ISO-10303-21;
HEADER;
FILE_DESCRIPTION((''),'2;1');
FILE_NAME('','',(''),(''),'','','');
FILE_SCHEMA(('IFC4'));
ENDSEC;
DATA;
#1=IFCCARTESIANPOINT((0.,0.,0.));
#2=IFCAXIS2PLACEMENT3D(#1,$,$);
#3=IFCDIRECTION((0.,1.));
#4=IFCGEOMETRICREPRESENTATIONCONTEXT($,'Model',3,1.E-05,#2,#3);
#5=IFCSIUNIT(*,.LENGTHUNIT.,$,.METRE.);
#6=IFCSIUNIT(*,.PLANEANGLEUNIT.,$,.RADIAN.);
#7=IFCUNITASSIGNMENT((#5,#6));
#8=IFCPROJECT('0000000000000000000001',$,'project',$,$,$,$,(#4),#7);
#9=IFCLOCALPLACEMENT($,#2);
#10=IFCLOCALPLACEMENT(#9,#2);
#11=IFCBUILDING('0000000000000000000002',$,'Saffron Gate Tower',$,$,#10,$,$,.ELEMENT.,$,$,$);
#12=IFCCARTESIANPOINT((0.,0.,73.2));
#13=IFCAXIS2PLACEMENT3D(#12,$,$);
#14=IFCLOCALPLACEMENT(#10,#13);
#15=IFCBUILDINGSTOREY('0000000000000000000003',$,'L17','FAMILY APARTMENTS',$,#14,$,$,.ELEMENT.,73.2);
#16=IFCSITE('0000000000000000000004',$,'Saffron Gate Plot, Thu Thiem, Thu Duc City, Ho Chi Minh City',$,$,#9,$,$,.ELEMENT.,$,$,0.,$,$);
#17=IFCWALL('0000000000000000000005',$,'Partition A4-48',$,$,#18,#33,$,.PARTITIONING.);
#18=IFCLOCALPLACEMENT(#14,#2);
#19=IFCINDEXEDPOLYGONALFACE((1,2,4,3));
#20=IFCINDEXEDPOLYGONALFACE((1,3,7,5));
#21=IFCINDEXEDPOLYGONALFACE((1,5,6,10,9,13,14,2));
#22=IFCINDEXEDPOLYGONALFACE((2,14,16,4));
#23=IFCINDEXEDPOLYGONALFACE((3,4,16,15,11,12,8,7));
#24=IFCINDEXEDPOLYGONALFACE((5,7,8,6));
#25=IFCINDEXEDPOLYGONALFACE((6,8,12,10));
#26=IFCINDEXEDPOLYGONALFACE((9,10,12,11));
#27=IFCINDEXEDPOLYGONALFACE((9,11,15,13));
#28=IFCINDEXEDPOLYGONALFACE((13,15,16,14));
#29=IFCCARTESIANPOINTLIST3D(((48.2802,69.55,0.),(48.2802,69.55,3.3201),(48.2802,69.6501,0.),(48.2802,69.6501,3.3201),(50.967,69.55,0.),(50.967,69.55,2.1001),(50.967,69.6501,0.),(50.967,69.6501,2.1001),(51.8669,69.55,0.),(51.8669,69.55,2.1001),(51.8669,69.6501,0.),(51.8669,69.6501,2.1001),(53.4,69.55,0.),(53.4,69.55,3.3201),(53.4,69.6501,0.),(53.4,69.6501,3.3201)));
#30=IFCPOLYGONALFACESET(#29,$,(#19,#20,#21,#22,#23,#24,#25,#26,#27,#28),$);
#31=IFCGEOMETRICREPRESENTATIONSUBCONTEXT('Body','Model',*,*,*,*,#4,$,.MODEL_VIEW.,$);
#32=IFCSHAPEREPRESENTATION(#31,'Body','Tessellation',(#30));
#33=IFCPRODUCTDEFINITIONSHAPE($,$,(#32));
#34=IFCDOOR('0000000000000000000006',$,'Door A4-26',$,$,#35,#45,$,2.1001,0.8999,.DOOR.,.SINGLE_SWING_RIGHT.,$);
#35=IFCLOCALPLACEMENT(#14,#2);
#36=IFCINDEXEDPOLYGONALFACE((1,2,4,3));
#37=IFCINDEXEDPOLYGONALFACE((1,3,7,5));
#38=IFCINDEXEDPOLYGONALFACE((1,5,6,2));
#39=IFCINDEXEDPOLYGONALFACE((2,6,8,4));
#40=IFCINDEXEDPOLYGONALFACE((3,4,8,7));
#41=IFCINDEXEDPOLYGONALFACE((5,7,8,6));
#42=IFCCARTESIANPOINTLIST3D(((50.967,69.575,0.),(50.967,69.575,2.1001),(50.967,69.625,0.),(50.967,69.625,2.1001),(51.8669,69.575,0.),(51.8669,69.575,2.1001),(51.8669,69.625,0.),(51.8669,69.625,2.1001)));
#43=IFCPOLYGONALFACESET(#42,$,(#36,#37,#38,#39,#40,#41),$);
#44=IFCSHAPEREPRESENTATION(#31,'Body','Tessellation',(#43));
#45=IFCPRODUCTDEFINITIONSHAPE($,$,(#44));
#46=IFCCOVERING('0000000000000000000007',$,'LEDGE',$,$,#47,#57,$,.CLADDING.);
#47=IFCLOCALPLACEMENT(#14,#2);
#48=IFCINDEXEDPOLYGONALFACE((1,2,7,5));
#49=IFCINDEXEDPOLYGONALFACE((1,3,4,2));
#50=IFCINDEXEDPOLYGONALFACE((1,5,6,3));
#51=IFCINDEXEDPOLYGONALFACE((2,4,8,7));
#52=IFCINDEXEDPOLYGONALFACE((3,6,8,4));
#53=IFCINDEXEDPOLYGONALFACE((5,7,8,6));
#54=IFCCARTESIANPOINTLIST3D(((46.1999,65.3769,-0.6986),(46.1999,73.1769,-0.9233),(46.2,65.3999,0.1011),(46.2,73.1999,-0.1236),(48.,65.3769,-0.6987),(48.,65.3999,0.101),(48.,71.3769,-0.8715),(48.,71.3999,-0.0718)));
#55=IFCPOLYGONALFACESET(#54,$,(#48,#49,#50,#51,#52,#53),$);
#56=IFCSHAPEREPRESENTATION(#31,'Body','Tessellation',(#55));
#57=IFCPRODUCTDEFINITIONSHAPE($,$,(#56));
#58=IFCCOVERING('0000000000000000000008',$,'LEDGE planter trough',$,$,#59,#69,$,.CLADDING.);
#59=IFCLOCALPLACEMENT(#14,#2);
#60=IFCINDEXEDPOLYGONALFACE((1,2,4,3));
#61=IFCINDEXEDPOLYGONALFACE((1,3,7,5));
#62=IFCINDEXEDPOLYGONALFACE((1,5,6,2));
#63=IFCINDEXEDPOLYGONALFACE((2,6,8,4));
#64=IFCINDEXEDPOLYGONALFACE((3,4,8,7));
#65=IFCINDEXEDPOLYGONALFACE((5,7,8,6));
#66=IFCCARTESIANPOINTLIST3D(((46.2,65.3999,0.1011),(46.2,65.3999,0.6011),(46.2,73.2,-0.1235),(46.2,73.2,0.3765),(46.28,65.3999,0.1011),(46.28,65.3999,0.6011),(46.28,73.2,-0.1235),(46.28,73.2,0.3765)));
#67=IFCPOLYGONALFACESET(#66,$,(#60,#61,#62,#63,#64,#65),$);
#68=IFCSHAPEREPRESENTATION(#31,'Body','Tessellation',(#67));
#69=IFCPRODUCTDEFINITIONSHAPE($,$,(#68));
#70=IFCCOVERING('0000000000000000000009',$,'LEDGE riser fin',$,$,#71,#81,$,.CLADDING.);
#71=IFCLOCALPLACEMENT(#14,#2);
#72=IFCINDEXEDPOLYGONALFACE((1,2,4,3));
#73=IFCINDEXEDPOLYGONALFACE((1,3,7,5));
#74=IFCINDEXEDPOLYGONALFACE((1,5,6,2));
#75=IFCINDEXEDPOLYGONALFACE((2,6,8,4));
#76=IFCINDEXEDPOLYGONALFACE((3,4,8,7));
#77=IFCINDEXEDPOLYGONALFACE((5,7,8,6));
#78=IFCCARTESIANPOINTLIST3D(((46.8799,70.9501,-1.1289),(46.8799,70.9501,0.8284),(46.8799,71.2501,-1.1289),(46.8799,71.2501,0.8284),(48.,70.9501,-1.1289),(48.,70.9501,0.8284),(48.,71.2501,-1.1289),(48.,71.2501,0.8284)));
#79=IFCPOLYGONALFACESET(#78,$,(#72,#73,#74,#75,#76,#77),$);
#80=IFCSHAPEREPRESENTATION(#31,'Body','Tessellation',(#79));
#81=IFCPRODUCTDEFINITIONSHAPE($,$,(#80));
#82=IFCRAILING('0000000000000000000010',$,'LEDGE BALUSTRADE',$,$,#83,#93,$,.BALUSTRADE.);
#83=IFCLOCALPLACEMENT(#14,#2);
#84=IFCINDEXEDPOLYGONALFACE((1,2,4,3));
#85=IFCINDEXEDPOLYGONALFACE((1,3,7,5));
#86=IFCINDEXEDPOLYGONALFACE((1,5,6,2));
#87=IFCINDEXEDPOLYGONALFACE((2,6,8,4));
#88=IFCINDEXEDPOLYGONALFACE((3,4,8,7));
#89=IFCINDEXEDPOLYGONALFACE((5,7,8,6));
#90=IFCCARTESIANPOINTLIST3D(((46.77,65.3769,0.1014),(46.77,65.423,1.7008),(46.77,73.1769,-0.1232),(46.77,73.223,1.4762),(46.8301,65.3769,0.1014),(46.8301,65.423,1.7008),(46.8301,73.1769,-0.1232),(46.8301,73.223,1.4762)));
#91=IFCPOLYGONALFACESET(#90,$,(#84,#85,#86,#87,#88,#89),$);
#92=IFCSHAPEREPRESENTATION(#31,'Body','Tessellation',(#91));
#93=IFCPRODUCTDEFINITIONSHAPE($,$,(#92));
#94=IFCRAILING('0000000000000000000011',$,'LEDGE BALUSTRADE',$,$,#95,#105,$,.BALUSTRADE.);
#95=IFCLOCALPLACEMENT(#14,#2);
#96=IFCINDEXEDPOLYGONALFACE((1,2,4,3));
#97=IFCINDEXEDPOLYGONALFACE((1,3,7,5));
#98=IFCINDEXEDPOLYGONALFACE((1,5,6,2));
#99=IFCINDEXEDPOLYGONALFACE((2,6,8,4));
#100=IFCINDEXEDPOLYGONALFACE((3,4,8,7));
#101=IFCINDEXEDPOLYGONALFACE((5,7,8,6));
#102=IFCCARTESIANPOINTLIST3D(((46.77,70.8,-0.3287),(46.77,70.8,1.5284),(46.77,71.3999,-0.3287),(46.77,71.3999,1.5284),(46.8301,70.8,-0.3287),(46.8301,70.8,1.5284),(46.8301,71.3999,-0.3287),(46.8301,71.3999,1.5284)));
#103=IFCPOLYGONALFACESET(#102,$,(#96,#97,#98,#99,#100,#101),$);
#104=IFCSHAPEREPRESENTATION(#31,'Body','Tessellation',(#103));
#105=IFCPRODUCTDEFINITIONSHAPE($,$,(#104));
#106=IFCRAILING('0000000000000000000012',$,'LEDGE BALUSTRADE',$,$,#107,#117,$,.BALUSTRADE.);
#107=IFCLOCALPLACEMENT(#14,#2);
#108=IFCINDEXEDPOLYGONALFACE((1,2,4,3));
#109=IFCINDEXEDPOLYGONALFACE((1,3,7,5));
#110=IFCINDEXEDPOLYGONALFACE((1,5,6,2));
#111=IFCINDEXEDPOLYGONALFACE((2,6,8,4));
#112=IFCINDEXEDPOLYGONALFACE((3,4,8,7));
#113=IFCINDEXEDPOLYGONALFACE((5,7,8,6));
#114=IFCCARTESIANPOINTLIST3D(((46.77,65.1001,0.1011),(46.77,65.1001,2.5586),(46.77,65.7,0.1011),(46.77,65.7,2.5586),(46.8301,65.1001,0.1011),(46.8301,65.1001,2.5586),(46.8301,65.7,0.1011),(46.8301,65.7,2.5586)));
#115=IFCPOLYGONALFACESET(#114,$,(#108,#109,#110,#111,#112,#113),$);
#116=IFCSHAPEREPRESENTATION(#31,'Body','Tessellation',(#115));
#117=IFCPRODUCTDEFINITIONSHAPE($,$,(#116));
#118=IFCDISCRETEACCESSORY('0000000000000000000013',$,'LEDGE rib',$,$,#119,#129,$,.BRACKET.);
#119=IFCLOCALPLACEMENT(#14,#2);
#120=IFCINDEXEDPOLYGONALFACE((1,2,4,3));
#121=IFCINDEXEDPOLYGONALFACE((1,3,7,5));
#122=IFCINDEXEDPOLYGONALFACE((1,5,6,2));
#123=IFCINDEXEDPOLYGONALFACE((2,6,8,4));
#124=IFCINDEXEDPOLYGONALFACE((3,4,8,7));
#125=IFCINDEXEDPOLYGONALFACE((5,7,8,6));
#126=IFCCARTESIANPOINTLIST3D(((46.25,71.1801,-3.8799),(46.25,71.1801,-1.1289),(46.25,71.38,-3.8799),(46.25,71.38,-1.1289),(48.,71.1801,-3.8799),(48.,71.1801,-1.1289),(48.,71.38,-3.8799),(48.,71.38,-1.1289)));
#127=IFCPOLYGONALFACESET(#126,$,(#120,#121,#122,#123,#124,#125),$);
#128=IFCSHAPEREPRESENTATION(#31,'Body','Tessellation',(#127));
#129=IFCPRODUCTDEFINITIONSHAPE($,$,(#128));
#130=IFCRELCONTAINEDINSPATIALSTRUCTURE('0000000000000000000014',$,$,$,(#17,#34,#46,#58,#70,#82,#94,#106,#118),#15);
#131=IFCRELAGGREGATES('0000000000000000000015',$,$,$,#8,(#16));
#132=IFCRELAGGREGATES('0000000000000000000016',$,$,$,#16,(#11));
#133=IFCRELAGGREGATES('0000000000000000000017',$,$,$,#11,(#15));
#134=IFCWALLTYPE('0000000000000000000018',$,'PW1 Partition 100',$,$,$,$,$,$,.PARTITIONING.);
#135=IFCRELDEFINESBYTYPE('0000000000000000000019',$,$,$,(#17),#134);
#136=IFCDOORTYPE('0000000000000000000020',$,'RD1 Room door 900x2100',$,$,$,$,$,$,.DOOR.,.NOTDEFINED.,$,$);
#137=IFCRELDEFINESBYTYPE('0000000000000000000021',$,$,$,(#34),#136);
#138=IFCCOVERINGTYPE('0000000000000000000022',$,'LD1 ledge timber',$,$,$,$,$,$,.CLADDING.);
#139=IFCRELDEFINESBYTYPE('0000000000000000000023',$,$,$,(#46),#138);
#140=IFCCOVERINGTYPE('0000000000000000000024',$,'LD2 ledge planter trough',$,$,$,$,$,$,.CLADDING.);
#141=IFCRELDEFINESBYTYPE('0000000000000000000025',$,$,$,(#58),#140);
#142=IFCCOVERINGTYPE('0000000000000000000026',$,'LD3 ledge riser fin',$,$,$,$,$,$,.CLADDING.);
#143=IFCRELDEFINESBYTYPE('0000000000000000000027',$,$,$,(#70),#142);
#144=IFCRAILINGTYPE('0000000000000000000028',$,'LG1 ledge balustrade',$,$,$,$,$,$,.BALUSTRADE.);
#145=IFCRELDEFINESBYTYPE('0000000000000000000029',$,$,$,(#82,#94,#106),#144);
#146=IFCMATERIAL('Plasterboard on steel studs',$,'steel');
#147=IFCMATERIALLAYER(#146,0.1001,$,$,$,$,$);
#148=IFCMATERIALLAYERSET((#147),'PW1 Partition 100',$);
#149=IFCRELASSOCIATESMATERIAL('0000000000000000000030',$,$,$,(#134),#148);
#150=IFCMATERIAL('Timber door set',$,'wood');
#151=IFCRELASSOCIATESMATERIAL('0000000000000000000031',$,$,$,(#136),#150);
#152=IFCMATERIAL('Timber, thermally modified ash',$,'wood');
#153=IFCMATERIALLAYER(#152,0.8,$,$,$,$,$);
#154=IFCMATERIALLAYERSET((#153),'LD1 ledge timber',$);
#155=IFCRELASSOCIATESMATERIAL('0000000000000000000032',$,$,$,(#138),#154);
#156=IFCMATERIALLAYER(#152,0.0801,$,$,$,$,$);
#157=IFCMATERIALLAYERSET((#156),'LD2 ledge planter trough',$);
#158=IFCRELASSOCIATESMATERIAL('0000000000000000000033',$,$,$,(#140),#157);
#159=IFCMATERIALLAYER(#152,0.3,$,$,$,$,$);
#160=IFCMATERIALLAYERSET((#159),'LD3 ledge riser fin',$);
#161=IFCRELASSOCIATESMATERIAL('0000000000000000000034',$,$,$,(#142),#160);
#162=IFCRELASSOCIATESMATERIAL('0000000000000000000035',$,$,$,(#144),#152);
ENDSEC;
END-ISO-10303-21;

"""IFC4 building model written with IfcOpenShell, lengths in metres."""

from ifc_helpers import new_model, si_unit, direction, frame, frame_2d, origin, origin_2d, place, context, subcontext, project, spatial, polyline, rectangle, outline, extrude, material, layer, layer_set, type_object, element, fill, save


model = new_model("IFC4")

# Units and contexts
model_context = context("Model", 3, precision=1e-05, world=origin(), true_north=direction((0.0, 1.0)))
body_context = subcontext(model_context, "Body", "Model", "MODEL_VIEW")
ifc_project = project(units=[si_unit("LENGTHUNIT", "METRE"), si_unit("PLANEANGLEUNIT", "RADIAN")], contexts=[model_context])

# Site, building, storey
site_placement = place(None, origin())
site = spatial("IfcSite", under=ifc_project, at=site_placement, Name="Saffron Gate Plot, Thu Thiem, Thu Duc City, Ho Chi Minh City", CompositionType="ELEMENT", RefElevation=0.0)
building_placement = place(site_placement, origin())
building = spatial("IfcBuilding", under=site, at=building_placement, Name="Saffron Gate Tower", CompositionType="ELEMENT")
storey_placement = place(building_placement, frame((0.0, 0.0, 73.2)))
storey = spatial("IfcBuildingStorey", under=building, at=storey_placement, Name="L17", Description="FAMILY APARTMENTS", CompositionType="ELEMENT", Elevation=73.2)

# Wall, opening, door
ifc_material_1 = material(Name="Plasterboard on steel studs", Category="steel")
ifc_layer_1 = layer(ifc_material_1, 0.1001)
ifc_layer_set_1 = layer_set([ifc_layer_1], Name="PW1 Partition 100")
wall_type = type_object("IfcWallType", Name="PW1 Partition 100", PredefinedType="PARTITIONING", material=ifc_layer_set_1)
wall_placement = place(storey_placement, frame((48.28, 69.6001, 0.0), z_axis=(0.0, 0.0, 1.0), x_axis=(1.0, 0.0, 0.0)))
wall = element("IfcWall", 1, at=wall_placement, inside=storey, type_object=wall_type, Name="Partition A4-48", PredefinedType="PARTITIONING", context=body_context, shape_type="SweptSolid", body=[
    extrude(rectangle(XDim=5.1199, YDim=0.1001, at=frame_2d((2.5601, 0.0))), origin(), (0.0, 0.0, 1.0), 3.3201),
])
opening_1_placement = place(wall_placement, frame((2.687, 0.0, 0.0)))
opening_1 = element("IfcOpeningElement", 2, at=opening_1_placement, cuts=wall, PredefinedType="OPENING", context=body_context, shape_type="SweptSolid", body=[
    extrude(rectangle(XDim=0.8999, YDim=2.1001, at=frame_2d((0.45, 1.05))), frame((0.0, 0.0601, 0.0), z_axis=(0.0, -1.0, 0.0), x_axis=(1.0, 0.0, 0.0)), (0.0, 0.0, 1.0), 0.1201),
])
ifc_material_2 = material(Name="Timber door set", Category="wood")
door_type = type_object("IfcDoorType", Name="RD1 Room door 900x2100", OperationType="NOTDEFINED", PredefinedType="DOOR", material=ifc_material_2)
door_placement = place(opening_1_placement, origin())
door = element("IfcDoor", 3, at=door_placement, inside=storey, type_object=door_type, Name="Door A4-26", OperationType="SINGLE_SWING_RIGHT", OverallHeight=2.1001, OverallWidth=0.8999, PredefinedType="DOOR", context=body_context, shape_type="SweptSolid", body=[
    extrude(rectangle(XDim=0.8999, YDim=2.1001, at=frame_2d((0.45, 1.05))), frame((0.0, 0.0249, 0.0), z_axis=(0.0, -1.0, 0.0), x_axis=(1.0, 0.0, 0.0)), (0.0, 0.0, 1.0), 0.05),
])
fill(opening_1, door)

# Coverings
ifc_material_3 = material(Name="Timber, thermally modified ash", Category="wood")
ifc_layer_2 = layer(ifc_material_3, 0.8)
ifc_layer_set_2 = layer_set([ifc_layer_2], Name="LD1 ledge timber")
covering_type_1 = type_object("IfcCoveringType", Name="LD1 ledge timber", PredefinedType="CLADDING", material=ifc_layer_set_2)
covering_1_placement = place(storey_placement, frame((48.0, 71.3999, -0.0718), z_axis=(0.000024, 0.028789, 0.999585), x_axis=(0.0, -0.999585, 0.028789)))
element("IfcCovering", 4, at=covering_1_placement, inside=storey, type_object=covering_type_1, Name="LEDGE", PredefinedType="CLADDING", context=body_context, shape_type="SweptSolid", body=[
    extrude(outline(polyline([(0.0, 0.0), (6.0025, 0.0), (6.0025, -1.8), (-1.8008, -1.8), (0.0, 0.0)])), origin(), (0.0, 0.0, -1.0), 0.8),
])
ifc_layer_3 = layer(ifc_material_3, 0.0801)
ifc_layer_set_3 = layer_set([ifc_layer_3], Name="LD2 ledge planter trough")
covering_type_2 = type_object("IfcCoveringType", Name="LD2 ledge planter trough", PredefinedType="CLADDING", material=ifc_layer_set_3)
covering_2_placement = place(storey_placement, frame((46.2, 73.2, -0.1235), z_axis=(-1.0, 0.0, 0.0), x_axis=(0.0, -0.999586, 0.028784)))
element("IfcCovering", 5, at=covering_2_placement, inside=storey, type_object=covering_type_2, Name="LEDGE planter trough", PredefinedType="CLADDING", context=body_context, shape_type="SweptSolid", body=[
    extrude(outline(polyline([(0.0, 0.0), (7.8033, 0.0), (7.8177, 0.4998), (0.0144, 0.4998), (0.0, 0.0)])), origin(), (0.0, 0.0, -1.0), 0.0801),
])
ifc_layer_4 = layer(ifc_material_3, 0.3)
ifc_layer_set_4 = layer_set([ifc_layer_4], Name="LD3 ledge riser fin")
covering_type_3 = type_object("IfcCoveringType", Name="LD3 ledge riser fin", PredefinedType="CLADDING", material=ifc_layer_set_4)
covering_3_placement = place(storey_placement, frame((47.4399, 71.1001, -1.1289), z_axis=(0.0, 0.0, 1.0), x_axis=(0.0, -1.0, 0.0)))
element("IfcCovering", 6, at=covering_3_placement, inside=storey, type_object=covering_type_3, Name="LEDGE riser fin", PredefinedType="CLADDING", context=body_context, shape_type="SweptSolid", body=[
    extrude(rectangle(XDim=0.3, YDim=1.1201, at=origin_2d()), origin(), (0.0, 0.0, 1.0), 1.9573),
])

# Railings
railing_type = type_object("IfcRailingType", Name="LG1 ledge balustrade", PredefinedType="BALUSTRADE", material=ifc_material_3)
railing_1_placement = place(storey_placement, frame((46.8, 73.2, -0.1235)))
element("IfcRailing", 7, at=railing_1_placement, inside=storey, type_object=railing_type, Name="LEDGE BALUSTRADE", PredefinedType="BALUSTRADE", context=body_context, shape_type="SweptSolid", body=[
    extrude(rectangle(XDim=0.0601, YDim=1.6001, at=origin_2d()), frame((0.0, 0.0, 0.8), z_axis=(0.0, -0.999586, 0.028784), x_axis=(1.0, 0.0, 0.0)), (0.0, 0.0, 1.0), 7.8032),
])
railing_2_placement = place(storey_placement, frame((46.8, 71.3999, -0.3289)))
element("IfcRailing", 8, at=railing_2_placement, inside=storey, type_object=railing_type, Name="LEDGE BALUSTRADE", PredefinedType="BALUSTRADE", context=body_context, shape_type="SweptSolid", body=[
    extrude(rectangle(XDim=0.0601, YDim=1.8572, at=origin_2d()), frame((0.0, 0.0, 0.9287), z_axis=(0.0, -1.0, 0.0), x_axis=(1.0, 0.0, 0.0)), (0.0, 0.0, 1.0), 0.5999),
])
railing_3_placement = place(storey_placement, frame((46.8, 65.7, 0.1011)))
element("IfcRailing", 9, at=railing_3_placement, inside=storey, type_object=railing_type, Name="LEDGE BALUSTRADE", PredefinedType="BALUSTRADE", context=body_context, shape_type="SweptSolid", body=[
    extrude(rectangle(XDim=0.0601, YDim=2.4575, at=origin_2d()), frame((0.0, 0.0, 1.2288), z_axis=(0.0, -1.0, 0.0), x_axis=(1.0, 0.0, 0.0)), (0.0, 0.0, 1.0), 0.5999),
])

# Discrete accessory
discrete_accessory_placement = place(storey_placement, frame((47.125, 71.28, -3.8799), z_axis=(0.0, 0.0, 1.0), x_axis=(0.0, -1.0, 0.0)))
element("IfcDiscreteAccessory", 10, at=discrete_accessory_placement, inside=storey, Name="LEDGE rib", PredefinedType="BRACKET", context=body_context, shape_type="SweptSolid", body=[
    extrude(rectangle(XDim=0.2, YDim=1.75, at=origin_2d()), origin(), (0.0, 0.0, 1.0), 2.751),
])

save(model, "model.ifc")
